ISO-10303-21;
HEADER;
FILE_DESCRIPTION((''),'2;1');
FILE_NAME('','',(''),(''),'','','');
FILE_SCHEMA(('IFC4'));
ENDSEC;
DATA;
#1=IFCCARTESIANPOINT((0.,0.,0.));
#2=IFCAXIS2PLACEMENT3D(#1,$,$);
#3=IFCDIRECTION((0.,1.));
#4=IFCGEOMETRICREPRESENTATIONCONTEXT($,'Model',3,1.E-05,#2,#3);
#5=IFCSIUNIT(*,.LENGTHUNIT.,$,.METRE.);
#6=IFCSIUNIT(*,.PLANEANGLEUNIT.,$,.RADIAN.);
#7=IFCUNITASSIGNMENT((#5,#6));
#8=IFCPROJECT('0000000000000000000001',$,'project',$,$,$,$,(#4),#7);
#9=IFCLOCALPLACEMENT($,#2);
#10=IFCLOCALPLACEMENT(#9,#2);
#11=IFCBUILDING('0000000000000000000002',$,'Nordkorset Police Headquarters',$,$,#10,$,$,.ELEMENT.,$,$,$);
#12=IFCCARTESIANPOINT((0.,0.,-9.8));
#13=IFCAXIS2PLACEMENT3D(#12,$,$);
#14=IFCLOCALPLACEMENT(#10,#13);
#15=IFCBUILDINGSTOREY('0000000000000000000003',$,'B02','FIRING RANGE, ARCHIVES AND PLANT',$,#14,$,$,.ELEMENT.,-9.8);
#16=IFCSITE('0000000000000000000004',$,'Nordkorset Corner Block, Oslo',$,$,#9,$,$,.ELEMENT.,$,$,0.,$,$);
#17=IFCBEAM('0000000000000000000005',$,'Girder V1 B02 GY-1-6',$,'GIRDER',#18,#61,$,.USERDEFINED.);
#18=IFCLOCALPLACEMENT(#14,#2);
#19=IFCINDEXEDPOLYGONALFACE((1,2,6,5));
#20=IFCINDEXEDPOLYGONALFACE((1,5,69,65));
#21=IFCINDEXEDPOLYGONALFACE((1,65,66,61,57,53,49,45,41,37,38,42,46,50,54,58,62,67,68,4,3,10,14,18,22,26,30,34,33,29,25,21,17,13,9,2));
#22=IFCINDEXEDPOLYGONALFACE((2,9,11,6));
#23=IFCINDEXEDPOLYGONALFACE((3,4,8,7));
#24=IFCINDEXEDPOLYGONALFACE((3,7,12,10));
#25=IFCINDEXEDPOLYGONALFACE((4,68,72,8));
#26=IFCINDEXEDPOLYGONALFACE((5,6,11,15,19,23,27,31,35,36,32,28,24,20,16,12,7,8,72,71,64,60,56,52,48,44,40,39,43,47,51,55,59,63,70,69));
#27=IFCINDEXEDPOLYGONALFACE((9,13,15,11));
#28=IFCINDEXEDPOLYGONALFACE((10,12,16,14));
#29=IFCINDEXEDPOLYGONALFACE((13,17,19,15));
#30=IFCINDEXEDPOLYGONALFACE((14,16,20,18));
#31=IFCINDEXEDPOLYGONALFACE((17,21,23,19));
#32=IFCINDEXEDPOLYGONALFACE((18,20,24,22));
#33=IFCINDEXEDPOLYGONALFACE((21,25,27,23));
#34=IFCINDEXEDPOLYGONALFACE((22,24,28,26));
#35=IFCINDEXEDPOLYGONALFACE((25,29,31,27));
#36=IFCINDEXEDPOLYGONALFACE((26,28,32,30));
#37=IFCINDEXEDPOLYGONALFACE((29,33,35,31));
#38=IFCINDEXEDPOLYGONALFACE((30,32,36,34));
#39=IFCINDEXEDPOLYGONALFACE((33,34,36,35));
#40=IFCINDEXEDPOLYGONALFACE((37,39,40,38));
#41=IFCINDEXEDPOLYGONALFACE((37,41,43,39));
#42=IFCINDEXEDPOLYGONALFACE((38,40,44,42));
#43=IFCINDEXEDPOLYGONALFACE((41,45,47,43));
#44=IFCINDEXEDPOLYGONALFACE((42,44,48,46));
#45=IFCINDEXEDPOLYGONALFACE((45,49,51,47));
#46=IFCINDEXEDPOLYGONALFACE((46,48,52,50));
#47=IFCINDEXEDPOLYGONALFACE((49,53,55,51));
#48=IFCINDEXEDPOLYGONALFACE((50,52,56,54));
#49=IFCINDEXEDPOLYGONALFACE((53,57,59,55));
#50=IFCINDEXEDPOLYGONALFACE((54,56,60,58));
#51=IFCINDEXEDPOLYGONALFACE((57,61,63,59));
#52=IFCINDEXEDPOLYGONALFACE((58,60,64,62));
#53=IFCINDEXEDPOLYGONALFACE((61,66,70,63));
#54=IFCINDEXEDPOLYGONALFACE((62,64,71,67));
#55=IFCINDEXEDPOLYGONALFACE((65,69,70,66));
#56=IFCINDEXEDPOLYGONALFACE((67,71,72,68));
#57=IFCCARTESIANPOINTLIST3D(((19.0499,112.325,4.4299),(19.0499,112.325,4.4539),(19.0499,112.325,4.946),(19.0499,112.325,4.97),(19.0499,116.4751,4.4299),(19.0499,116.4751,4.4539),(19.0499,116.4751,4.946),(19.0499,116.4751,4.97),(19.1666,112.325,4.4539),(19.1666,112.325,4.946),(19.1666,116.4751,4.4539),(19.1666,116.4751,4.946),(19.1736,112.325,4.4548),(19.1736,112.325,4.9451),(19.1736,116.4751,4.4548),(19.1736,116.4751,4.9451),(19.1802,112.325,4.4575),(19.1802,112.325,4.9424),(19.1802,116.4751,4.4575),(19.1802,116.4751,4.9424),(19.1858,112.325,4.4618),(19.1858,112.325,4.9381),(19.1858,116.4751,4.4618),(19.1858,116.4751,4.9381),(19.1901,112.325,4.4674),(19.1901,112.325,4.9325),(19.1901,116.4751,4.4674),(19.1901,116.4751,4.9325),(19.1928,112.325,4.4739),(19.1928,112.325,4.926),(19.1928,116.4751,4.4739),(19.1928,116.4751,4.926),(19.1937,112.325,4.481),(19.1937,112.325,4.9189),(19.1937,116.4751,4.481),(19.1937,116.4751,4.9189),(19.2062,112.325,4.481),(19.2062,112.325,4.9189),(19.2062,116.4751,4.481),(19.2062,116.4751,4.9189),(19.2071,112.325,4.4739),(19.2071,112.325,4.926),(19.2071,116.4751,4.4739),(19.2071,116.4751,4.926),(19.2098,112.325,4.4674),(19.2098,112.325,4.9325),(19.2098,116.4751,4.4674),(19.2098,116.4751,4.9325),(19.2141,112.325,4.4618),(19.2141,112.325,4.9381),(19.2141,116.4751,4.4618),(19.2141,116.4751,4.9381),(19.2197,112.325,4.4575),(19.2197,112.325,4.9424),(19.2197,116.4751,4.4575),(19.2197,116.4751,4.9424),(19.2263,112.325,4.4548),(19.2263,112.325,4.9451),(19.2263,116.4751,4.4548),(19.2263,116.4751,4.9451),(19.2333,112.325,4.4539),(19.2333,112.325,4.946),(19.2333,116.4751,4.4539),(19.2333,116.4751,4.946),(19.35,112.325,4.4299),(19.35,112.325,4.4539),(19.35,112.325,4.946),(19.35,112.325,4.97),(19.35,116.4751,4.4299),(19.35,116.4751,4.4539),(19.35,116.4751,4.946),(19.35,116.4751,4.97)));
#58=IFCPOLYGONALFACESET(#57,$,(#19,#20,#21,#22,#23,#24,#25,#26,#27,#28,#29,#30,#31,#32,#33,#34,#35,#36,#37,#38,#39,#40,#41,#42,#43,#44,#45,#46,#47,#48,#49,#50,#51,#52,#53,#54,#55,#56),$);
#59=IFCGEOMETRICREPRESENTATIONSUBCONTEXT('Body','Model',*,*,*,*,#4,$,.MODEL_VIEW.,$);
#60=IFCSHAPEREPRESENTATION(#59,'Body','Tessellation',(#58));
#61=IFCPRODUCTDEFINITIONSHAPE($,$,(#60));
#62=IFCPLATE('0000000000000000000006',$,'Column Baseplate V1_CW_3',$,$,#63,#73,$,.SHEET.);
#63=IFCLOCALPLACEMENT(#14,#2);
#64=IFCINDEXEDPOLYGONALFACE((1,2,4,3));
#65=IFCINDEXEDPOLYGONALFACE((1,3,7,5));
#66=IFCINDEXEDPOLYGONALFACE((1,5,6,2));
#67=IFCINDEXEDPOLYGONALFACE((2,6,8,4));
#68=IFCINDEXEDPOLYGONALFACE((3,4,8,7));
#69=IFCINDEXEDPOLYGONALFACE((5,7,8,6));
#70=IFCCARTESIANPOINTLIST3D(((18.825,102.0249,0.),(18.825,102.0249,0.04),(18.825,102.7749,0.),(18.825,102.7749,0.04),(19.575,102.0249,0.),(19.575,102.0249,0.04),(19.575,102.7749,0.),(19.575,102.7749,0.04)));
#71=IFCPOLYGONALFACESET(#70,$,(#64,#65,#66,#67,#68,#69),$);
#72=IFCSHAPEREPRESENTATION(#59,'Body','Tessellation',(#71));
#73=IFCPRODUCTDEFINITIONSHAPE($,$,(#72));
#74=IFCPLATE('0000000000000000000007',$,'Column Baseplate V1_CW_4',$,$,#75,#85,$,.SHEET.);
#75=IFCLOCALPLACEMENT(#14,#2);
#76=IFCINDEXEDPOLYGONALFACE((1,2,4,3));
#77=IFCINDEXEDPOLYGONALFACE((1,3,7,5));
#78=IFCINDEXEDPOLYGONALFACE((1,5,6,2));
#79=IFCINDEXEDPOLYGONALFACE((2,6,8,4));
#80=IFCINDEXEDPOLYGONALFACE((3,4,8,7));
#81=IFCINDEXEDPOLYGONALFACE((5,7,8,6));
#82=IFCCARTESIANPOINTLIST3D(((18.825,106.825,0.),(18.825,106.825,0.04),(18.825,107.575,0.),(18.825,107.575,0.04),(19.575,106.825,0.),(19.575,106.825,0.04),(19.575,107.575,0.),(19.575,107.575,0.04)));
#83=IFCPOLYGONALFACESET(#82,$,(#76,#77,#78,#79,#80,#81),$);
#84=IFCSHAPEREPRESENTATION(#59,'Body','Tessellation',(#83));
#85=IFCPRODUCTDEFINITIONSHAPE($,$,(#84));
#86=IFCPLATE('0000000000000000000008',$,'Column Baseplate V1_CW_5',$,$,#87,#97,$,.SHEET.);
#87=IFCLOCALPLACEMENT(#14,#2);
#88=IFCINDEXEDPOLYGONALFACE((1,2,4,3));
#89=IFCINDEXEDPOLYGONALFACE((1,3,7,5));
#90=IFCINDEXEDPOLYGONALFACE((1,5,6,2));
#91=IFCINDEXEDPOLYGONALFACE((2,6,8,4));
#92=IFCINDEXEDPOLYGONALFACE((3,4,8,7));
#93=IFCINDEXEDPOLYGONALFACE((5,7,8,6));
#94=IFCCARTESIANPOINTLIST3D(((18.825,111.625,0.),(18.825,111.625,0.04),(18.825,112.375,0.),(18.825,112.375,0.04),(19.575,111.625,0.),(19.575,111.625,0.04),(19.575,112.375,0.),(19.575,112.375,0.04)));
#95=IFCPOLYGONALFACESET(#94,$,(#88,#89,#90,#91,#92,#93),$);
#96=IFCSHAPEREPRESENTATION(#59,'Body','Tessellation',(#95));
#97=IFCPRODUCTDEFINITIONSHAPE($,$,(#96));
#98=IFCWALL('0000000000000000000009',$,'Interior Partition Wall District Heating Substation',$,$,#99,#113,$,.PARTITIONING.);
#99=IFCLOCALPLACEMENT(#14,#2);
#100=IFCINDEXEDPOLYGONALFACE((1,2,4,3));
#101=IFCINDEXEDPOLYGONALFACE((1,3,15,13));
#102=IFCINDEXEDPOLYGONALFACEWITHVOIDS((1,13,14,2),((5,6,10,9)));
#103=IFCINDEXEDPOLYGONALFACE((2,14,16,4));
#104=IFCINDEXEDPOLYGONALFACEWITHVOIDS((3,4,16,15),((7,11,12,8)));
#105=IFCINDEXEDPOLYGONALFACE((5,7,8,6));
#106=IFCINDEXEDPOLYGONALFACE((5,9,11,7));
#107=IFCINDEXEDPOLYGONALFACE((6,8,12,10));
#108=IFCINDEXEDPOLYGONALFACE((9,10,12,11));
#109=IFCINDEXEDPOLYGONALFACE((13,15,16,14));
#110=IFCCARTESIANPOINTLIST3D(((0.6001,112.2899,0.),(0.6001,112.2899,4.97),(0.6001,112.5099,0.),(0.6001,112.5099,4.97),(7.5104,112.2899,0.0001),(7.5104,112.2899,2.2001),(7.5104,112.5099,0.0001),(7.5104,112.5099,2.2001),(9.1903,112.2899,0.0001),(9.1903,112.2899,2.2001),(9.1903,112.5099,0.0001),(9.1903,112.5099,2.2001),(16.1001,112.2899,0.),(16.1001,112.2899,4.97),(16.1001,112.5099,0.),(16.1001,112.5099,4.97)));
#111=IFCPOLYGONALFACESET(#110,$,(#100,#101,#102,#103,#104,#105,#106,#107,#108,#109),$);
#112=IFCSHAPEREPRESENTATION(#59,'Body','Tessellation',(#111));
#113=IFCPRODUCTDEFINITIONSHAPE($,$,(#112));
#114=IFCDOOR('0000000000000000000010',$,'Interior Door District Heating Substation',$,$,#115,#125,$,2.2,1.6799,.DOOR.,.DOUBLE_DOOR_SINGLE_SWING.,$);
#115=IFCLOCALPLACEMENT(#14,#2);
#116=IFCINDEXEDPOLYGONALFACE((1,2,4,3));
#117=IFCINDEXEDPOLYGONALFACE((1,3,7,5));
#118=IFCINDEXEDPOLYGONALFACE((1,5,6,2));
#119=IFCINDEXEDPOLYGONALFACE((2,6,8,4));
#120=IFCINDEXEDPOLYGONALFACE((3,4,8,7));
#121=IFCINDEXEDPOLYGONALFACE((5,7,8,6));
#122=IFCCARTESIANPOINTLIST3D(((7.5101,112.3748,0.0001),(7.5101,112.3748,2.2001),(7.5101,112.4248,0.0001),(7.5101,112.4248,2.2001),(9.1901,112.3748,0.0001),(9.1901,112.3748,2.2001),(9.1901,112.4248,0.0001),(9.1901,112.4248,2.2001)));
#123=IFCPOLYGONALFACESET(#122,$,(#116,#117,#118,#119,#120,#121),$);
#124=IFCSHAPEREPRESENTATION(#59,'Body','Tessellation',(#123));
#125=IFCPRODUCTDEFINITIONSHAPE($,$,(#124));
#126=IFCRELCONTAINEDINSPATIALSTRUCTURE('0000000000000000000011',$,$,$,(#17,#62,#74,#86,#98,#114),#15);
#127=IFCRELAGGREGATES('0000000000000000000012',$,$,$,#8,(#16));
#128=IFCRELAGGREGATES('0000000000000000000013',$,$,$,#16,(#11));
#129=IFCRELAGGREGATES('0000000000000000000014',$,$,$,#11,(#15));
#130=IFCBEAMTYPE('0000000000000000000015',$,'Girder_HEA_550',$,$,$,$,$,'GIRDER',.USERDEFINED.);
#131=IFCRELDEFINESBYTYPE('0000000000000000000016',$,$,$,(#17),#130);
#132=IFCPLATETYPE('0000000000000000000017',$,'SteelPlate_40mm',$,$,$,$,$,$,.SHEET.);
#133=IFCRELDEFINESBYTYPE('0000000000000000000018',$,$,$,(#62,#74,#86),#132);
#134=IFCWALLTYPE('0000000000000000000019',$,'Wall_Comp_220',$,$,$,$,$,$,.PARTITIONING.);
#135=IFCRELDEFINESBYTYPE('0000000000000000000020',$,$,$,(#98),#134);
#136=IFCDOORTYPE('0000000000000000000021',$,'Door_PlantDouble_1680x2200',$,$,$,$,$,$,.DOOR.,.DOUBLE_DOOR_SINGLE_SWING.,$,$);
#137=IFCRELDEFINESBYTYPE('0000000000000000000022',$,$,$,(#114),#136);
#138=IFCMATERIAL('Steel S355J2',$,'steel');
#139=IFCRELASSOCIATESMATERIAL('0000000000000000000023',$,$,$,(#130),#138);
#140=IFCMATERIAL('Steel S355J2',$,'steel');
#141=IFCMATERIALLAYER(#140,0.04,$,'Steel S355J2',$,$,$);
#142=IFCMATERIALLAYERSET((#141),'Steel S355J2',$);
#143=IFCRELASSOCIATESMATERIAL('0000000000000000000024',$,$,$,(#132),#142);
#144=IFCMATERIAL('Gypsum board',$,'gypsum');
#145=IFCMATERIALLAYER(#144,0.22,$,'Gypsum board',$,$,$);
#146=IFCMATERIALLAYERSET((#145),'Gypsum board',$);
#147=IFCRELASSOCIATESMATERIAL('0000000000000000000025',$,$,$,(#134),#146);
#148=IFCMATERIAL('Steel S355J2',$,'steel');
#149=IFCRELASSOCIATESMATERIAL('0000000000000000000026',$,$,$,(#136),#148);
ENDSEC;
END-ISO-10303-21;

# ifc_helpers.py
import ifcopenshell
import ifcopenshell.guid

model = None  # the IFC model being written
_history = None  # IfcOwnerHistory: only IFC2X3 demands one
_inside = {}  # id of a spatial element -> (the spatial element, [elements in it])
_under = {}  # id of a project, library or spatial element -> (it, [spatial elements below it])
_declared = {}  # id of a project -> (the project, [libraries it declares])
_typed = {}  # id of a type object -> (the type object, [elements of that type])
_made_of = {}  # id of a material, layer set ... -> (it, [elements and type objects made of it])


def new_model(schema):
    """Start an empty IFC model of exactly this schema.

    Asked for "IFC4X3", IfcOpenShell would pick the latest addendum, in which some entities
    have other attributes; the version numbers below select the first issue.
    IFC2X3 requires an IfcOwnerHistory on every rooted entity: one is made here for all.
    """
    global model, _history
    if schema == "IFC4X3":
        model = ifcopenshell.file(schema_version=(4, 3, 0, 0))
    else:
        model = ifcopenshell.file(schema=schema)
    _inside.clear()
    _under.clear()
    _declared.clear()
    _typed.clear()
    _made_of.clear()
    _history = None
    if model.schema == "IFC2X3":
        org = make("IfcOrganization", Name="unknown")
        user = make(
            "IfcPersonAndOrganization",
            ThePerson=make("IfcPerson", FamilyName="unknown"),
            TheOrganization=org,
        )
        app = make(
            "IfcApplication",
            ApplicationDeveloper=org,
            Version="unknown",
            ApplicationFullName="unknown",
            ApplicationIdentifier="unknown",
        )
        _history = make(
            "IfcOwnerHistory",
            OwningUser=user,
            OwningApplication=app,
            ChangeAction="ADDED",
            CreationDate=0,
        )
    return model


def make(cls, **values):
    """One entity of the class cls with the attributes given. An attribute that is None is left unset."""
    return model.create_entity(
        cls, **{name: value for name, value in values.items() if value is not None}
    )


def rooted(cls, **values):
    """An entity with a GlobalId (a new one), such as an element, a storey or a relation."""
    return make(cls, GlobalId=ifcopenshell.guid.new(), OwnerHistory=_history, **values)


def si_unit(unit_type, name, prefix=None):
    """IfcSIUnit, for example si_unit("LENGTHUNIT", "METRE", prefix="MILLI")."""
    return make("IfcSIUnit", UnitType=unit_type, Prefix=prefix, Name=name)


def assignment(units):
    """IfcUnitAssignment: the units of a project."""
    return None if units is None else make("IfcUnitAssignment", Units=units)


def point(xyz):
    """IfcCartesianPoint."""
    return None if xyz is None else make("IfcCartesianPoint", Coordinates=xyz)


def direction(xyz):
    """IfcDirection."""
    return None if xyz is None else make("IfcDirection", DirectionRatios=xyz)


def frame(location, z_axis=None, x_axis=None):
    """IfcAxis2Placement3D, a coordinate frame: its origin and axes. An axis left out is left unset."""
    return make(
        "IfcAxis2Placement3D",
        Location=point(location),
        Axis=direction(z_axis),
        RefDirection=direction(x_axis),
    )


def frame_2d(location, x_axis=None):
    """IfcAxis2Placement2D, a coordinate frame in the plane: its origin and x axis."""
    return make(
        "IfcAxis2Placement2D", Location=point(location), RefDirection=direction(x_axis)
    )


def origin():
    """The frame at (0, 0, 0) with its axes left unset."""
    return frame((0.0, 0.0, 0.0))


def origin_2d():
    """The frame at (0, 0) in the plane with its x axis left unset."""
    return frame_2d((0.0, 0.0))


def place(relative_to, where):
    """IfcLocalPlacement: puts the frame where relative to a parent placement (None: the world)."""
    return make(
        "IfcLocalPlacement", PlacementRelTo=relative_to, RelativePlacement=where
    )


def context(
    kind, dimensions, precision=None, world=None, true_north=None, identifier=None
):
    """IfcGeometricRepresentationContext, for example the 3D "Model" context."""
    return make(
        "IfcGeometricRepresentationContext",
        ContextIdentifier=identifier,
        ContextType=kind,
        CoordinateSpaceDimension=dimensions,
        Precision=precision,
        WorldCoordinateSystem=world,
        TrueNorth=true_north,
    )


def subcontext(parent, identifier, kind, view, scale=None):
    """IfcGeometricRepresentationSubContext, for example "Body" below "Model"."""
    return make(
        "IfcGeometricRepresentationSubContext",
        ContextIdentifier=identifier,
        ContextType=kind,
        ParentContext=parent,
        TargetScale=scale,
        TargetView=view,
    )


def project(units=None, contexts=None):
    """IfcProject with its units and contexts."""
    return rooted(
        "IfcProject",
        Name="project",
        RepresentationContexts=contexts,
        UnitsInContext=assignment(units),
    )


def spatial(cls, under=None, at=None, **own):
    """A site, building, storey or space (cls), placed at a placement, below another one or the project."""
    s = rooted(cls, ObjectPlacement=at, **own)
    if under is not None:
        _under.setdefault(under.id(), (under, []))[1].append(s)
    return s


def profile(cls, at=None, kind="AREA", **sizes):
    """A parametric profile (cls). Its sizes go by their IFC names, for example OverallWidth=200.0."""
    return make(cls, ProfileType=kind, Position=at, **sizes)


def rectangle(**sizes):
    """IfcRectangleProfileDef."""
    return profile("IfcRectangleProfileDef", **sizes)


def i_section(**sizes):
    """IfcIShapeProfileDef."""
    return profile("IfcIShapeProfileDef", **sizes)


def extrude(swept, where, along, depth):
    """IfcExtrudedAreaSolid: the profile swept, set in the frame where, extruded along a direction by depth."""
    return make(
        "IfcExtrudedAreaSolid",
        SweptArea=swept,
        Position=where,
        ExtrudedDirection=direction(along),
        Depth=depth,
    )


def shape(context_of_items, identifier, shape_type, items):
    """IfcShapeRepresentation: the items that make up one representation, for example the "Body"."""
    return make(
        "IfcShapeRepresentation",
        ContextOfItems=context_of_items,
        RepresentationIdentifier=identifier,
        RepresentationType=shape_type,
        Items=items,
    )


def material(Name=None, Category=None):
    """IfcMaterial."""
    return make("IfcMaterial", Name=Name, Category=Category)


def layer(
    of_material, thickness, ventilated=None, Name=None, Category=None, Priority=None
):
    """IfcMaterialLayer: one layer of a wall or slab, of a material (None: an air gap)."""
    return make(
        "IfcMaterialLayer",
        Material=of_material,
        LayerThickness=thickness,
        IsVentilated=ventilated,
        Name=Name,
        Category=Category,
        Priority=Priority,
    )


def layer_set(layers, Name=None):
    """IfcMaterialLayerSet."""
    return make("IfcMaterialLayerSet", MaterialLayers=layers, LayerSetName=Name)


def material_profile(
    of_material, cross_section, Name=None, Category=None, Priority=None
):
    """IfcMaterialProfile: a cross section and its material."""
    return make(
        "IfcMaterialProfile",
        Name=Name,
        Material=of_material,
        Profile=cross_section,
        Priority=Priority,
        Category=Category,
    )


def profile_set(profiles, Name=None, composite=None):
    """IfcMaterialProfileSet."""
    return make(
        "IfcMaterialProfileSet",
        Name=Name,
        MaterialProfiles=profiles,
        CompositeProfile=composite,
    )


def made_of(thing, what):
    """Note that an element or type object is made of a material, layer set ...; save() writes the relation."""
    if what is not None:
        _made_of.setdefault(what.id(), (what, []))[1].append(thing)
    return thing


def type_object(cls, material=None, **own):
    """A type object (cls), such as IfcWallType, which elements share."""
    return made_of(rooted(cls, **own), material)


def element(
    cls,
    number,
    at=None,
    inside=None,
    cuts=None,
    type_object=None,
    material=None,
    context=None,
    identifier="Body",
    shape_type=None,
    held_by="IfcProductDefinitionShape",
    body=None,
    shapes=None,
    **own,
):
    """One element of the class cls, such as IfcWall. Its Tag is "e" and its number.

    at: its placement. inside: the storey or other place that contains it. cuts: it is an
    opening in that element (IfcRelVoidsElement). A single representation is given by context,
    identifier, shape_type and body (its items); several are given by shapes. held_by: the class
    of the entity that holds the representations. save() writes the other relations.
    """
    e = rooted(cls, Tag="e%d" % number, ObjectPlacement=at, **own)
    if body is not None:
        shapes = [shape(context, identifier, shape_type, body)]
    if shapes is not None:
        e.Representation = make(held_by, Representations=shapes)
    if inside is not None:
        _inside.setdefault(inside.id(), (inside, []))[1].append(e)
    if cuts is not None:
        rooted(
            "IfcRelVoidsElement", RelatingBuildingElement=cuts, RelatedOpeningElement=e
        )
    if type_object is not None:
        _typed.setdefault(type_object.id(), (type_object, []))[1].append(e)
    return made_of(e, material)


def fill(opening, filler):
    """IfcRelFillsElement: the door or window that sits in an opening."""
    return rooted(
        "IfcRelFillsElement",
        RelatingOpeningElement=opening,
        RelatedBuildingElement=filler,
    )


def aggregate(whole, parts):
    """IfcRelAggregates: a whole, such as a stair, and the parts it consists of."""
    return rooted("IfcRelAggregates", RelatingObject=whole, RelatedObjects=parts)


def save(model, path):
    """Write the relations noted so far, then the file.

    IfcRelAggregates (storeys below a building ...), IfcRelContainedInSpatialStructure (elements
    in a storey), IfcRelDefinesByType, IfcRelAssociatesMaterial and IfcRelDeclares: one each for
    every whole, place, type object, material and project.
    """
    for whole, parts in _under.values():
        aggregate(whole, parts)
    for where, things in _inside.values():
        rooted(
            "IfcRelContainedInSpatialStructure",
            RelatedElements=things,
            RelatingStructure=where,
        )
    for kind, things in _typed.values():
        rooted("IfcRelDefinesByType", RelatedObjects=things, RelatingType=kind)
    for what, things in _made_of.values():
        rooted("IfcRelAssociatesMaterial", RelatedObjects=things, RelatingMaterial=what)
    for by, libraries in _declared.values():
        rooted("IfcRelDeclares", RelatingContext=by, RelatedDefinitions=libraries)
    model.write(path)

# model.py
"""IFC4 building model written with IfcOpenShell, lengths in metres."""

from ifc_helpers import new_model, si_unit, direction, frame, frame_2d, origin, origin_2d, place, context, subcontext, project, spatial, rectangle, i_section, extrude, material, layer, layer_set, material_profile, profile_set, type_object, element, fill, save


model = new_model("IFC4")

# Units and contexts
model_context = context("Model", 3, precision=1e-05, world=origin(), true_north=direction((0.0, 1.0)))
body_context = subcontext(model_context, "Body", "Model", "MODEL_VIEW")
ifc_project = project(units=[si_unit("LENGTHUNIT", "METRE"), si_unit("PLANEANGLEUNIT", "RADIAN")], contexts=[model_context])

# Site, building, storey
site_placement = place(None, origin())
site = spatial("IfcSite", under=ifc_project, at=site_placement, Name="Nordkorset Corner Block, Oslo", CompositionType="ELEMENT", RefElevation=0.0)
building_placement = place(site_placement, origin())
building = spatial("IfcBuilding", under=site, at=building_placement, Name="Nordkorset Police Headquarters", CompositionType="ELEMENT")
storey_placement = place(building_placement, frame((0.0, 0.0, -9.8)))
storey = spatial("IfcBuildingStorey", under=building, at=storey_placement, Name="B02", Description="FIRING RANGE, ARCHIVES AND PLANT", CompositionType="ELEMENT", Elevation=-9.8)

# Beam
ifc_material_1 = material(Name="Steel S355J2", Category="steel")
ifc_material_profile_1 = material_profile(ifc_material_1, i_section(OverallWidth=0.3, OverallDepth=0.54, WebThickness=0.0125, FlangeThickness=0.0239, FilletRadius=0.0271, at=origin_2d()), Name="HEA 550")
ifc_profile_set_1 = profile_set([ifc_material_profile_1], Name="Steel S355J2")
beam_type = type_object("IfcBeamType", Name="Girder_HEA_550", ElementType="GIRDER", PredefinedType="USERDEFINED", material=ifc_profile_set_1)
for number, where, z_axis, x_axis, name in (
    (1, (19.2, 112.325, 4.7), (0.0, 1.0, 0.0), (-1.0, 0.0, 0.0), "Girder V1 B02 GY-1-6"),
):
    element("IfcBeam", number, at=place(storey_placement, frame(where, z_axis=z_axis, x_axis=x_axis)), inside=storey, type_object=beam_type, Name=name, ObjectType="GIRDER", PredefinedType="USERDEFINED", context=body_context, shape_type="SweptSolid", body=[
        extrude(i_section(OverallWidth=0.3, OverallDepth=0.54, WebThickness=0.0125, FlangeThickness=0.0239, FilletRadius=0.0271, at=origin_2d()), origin(), (0.0, 0.0, 1.0), 4.1501),
    ])

# Plates
ifc_material_2 = material(Name="Steel S355J2", Category="steel")
ifc_layer_1 = layer(ifc_material_2, 0.04, Name="Steel S355J2")
ifc_layer_set_1 = layer_set([ifc_layer_1], Name="Steel S355J2")
plate_type = type_object("IfcPlateType", Name="SteelPlate_40mm", PredefinedType="SHEET", material=ifc_layer_set_1)
for number, where, z_axis, x_axis, name in (
    (2, (19.2, 102.3999, 0.0), (0.0, 0.0, 1.0), (1.0, 0.0, 0.0), "Column Baseplate V1_CW_3"),
    (3, (19.2, 107.2, 0.0), (0.0, 0.0, 1.0), (1.0, 0.0, 0.0), "Column Baseplate V1_CW_4"),
    (4, (19.2, 112.0, 0.0), (0.0, 0.0, 1.0), (1.0, 0.0, 0.0), "Column Baseplate V1_CW_5"),
):
    element("IfcPlate", number, at=place(storey_placement, frame(where, z_axis=z_axis, x_axis=x_axis)), inside=storey, type_object=plate_type, Name=name, PredefinedType="SHEET", context=body_context, shape_type="SweptSolid", body=[
        extrude(rectangle(XDim=0.75, YDim=0.75, at=origin_2d()), origin(), (0.0, 0.0, 1.0), 0.04),
    ])

# Wall, opening, door
ifc_material_3 = material(Name="Gypsum board", Category="gypsum")
ifc_layer_2 = layer(ifc_material_3, 0.22, Name="Gypsum board")
ifc_layer_set_2 = layer_set([ifc_layer_2], Name="Gypsum board")
wall_type = type_object("IfcWallType", Name="Wall_Comp_220", PredefinedType="PARTITIONING", material=ifc_layer_set_2)
wall_placement = place(storey_placement, frame((16.1001, 112.3999, 0.0), z_axis=(0.0, 0.0, 1.0), x_axis=(-1.0, 0.0, 0.0)))
wall = element("IfcWall", 5, at=wall_placement, inside=storey, type_object=wall_type, Name="Interior Partition Wall District Heating Substation", PredefinedType="PARTITIONING", context=body_context, shape_type="SweptSolid", body=[
    extrude(rectangle(XDim=15.5, YDim=0.22, at=frame_2d((7.75, 0.0))), origin(), (0.0, 0.0, 1.0), 4.97),
])
opening_placement = place(wall_placement, frame((6.9099, 0.0, 0.0)))
opening = element("IfcOpeningElement", 6, at=opening_placement, cuts=wall, PredefinedType="OPENING", context=body_context, shape_type="SweptSolid", body=[
    extrude(rectangle(XDim=1.6799, YDim=2.2, at=frame_2d((0.8398, 1.1001))), frame((0.0, 0.1201, 0.0), z_axis=(0.0, -1.0, 0.0), x_axis=(1.0, 0.0, 0.0)), (0.0, 0.0, 1.0), 0.24),
])
ifc_material_4 = material(Name="Steel S355J2", Category="steel")
door_type = type_object("IfcDoorType", Name="Door_PlantDouble_1680x2200", OperationType="DOUBLE_DOOR_SINGLE_SWING", PredefinedType="DOOR", material=ifc_material_4)
door_placement = place(opening_placement, frame((1.6799, 0.0, 0.0), z_axis=(0.0, 0.0, 1.0), x_axis=(-1.0, 0.0, 0.0)))
door = element("IfcDoor", 7, at=door_placement, inside=storey, type_object=door_type, Name="Interior Door District Heating Substation", OperationType="DOUBLE_DOOR_SINGLE_SWING", OverallHeight=2.2, OverallWidth=1.6799, PredefinedType="DOOR", context=body_context, shape_type="SweptSolid", body=[
    extrude(rectangle(XDim=1.6799, YDim=2.2, at=frame_2d((0.8398, 1.1001))), frame((0.0, 0.0249, 0.0), z_axis=(0.0, -1.0, 0.0), x_axis=(1.0, 0.0, 0.0)), (0.0, 0.0, 1.0), 0.05),
])
fill(opening, door)

save(model, "model.ifc")
